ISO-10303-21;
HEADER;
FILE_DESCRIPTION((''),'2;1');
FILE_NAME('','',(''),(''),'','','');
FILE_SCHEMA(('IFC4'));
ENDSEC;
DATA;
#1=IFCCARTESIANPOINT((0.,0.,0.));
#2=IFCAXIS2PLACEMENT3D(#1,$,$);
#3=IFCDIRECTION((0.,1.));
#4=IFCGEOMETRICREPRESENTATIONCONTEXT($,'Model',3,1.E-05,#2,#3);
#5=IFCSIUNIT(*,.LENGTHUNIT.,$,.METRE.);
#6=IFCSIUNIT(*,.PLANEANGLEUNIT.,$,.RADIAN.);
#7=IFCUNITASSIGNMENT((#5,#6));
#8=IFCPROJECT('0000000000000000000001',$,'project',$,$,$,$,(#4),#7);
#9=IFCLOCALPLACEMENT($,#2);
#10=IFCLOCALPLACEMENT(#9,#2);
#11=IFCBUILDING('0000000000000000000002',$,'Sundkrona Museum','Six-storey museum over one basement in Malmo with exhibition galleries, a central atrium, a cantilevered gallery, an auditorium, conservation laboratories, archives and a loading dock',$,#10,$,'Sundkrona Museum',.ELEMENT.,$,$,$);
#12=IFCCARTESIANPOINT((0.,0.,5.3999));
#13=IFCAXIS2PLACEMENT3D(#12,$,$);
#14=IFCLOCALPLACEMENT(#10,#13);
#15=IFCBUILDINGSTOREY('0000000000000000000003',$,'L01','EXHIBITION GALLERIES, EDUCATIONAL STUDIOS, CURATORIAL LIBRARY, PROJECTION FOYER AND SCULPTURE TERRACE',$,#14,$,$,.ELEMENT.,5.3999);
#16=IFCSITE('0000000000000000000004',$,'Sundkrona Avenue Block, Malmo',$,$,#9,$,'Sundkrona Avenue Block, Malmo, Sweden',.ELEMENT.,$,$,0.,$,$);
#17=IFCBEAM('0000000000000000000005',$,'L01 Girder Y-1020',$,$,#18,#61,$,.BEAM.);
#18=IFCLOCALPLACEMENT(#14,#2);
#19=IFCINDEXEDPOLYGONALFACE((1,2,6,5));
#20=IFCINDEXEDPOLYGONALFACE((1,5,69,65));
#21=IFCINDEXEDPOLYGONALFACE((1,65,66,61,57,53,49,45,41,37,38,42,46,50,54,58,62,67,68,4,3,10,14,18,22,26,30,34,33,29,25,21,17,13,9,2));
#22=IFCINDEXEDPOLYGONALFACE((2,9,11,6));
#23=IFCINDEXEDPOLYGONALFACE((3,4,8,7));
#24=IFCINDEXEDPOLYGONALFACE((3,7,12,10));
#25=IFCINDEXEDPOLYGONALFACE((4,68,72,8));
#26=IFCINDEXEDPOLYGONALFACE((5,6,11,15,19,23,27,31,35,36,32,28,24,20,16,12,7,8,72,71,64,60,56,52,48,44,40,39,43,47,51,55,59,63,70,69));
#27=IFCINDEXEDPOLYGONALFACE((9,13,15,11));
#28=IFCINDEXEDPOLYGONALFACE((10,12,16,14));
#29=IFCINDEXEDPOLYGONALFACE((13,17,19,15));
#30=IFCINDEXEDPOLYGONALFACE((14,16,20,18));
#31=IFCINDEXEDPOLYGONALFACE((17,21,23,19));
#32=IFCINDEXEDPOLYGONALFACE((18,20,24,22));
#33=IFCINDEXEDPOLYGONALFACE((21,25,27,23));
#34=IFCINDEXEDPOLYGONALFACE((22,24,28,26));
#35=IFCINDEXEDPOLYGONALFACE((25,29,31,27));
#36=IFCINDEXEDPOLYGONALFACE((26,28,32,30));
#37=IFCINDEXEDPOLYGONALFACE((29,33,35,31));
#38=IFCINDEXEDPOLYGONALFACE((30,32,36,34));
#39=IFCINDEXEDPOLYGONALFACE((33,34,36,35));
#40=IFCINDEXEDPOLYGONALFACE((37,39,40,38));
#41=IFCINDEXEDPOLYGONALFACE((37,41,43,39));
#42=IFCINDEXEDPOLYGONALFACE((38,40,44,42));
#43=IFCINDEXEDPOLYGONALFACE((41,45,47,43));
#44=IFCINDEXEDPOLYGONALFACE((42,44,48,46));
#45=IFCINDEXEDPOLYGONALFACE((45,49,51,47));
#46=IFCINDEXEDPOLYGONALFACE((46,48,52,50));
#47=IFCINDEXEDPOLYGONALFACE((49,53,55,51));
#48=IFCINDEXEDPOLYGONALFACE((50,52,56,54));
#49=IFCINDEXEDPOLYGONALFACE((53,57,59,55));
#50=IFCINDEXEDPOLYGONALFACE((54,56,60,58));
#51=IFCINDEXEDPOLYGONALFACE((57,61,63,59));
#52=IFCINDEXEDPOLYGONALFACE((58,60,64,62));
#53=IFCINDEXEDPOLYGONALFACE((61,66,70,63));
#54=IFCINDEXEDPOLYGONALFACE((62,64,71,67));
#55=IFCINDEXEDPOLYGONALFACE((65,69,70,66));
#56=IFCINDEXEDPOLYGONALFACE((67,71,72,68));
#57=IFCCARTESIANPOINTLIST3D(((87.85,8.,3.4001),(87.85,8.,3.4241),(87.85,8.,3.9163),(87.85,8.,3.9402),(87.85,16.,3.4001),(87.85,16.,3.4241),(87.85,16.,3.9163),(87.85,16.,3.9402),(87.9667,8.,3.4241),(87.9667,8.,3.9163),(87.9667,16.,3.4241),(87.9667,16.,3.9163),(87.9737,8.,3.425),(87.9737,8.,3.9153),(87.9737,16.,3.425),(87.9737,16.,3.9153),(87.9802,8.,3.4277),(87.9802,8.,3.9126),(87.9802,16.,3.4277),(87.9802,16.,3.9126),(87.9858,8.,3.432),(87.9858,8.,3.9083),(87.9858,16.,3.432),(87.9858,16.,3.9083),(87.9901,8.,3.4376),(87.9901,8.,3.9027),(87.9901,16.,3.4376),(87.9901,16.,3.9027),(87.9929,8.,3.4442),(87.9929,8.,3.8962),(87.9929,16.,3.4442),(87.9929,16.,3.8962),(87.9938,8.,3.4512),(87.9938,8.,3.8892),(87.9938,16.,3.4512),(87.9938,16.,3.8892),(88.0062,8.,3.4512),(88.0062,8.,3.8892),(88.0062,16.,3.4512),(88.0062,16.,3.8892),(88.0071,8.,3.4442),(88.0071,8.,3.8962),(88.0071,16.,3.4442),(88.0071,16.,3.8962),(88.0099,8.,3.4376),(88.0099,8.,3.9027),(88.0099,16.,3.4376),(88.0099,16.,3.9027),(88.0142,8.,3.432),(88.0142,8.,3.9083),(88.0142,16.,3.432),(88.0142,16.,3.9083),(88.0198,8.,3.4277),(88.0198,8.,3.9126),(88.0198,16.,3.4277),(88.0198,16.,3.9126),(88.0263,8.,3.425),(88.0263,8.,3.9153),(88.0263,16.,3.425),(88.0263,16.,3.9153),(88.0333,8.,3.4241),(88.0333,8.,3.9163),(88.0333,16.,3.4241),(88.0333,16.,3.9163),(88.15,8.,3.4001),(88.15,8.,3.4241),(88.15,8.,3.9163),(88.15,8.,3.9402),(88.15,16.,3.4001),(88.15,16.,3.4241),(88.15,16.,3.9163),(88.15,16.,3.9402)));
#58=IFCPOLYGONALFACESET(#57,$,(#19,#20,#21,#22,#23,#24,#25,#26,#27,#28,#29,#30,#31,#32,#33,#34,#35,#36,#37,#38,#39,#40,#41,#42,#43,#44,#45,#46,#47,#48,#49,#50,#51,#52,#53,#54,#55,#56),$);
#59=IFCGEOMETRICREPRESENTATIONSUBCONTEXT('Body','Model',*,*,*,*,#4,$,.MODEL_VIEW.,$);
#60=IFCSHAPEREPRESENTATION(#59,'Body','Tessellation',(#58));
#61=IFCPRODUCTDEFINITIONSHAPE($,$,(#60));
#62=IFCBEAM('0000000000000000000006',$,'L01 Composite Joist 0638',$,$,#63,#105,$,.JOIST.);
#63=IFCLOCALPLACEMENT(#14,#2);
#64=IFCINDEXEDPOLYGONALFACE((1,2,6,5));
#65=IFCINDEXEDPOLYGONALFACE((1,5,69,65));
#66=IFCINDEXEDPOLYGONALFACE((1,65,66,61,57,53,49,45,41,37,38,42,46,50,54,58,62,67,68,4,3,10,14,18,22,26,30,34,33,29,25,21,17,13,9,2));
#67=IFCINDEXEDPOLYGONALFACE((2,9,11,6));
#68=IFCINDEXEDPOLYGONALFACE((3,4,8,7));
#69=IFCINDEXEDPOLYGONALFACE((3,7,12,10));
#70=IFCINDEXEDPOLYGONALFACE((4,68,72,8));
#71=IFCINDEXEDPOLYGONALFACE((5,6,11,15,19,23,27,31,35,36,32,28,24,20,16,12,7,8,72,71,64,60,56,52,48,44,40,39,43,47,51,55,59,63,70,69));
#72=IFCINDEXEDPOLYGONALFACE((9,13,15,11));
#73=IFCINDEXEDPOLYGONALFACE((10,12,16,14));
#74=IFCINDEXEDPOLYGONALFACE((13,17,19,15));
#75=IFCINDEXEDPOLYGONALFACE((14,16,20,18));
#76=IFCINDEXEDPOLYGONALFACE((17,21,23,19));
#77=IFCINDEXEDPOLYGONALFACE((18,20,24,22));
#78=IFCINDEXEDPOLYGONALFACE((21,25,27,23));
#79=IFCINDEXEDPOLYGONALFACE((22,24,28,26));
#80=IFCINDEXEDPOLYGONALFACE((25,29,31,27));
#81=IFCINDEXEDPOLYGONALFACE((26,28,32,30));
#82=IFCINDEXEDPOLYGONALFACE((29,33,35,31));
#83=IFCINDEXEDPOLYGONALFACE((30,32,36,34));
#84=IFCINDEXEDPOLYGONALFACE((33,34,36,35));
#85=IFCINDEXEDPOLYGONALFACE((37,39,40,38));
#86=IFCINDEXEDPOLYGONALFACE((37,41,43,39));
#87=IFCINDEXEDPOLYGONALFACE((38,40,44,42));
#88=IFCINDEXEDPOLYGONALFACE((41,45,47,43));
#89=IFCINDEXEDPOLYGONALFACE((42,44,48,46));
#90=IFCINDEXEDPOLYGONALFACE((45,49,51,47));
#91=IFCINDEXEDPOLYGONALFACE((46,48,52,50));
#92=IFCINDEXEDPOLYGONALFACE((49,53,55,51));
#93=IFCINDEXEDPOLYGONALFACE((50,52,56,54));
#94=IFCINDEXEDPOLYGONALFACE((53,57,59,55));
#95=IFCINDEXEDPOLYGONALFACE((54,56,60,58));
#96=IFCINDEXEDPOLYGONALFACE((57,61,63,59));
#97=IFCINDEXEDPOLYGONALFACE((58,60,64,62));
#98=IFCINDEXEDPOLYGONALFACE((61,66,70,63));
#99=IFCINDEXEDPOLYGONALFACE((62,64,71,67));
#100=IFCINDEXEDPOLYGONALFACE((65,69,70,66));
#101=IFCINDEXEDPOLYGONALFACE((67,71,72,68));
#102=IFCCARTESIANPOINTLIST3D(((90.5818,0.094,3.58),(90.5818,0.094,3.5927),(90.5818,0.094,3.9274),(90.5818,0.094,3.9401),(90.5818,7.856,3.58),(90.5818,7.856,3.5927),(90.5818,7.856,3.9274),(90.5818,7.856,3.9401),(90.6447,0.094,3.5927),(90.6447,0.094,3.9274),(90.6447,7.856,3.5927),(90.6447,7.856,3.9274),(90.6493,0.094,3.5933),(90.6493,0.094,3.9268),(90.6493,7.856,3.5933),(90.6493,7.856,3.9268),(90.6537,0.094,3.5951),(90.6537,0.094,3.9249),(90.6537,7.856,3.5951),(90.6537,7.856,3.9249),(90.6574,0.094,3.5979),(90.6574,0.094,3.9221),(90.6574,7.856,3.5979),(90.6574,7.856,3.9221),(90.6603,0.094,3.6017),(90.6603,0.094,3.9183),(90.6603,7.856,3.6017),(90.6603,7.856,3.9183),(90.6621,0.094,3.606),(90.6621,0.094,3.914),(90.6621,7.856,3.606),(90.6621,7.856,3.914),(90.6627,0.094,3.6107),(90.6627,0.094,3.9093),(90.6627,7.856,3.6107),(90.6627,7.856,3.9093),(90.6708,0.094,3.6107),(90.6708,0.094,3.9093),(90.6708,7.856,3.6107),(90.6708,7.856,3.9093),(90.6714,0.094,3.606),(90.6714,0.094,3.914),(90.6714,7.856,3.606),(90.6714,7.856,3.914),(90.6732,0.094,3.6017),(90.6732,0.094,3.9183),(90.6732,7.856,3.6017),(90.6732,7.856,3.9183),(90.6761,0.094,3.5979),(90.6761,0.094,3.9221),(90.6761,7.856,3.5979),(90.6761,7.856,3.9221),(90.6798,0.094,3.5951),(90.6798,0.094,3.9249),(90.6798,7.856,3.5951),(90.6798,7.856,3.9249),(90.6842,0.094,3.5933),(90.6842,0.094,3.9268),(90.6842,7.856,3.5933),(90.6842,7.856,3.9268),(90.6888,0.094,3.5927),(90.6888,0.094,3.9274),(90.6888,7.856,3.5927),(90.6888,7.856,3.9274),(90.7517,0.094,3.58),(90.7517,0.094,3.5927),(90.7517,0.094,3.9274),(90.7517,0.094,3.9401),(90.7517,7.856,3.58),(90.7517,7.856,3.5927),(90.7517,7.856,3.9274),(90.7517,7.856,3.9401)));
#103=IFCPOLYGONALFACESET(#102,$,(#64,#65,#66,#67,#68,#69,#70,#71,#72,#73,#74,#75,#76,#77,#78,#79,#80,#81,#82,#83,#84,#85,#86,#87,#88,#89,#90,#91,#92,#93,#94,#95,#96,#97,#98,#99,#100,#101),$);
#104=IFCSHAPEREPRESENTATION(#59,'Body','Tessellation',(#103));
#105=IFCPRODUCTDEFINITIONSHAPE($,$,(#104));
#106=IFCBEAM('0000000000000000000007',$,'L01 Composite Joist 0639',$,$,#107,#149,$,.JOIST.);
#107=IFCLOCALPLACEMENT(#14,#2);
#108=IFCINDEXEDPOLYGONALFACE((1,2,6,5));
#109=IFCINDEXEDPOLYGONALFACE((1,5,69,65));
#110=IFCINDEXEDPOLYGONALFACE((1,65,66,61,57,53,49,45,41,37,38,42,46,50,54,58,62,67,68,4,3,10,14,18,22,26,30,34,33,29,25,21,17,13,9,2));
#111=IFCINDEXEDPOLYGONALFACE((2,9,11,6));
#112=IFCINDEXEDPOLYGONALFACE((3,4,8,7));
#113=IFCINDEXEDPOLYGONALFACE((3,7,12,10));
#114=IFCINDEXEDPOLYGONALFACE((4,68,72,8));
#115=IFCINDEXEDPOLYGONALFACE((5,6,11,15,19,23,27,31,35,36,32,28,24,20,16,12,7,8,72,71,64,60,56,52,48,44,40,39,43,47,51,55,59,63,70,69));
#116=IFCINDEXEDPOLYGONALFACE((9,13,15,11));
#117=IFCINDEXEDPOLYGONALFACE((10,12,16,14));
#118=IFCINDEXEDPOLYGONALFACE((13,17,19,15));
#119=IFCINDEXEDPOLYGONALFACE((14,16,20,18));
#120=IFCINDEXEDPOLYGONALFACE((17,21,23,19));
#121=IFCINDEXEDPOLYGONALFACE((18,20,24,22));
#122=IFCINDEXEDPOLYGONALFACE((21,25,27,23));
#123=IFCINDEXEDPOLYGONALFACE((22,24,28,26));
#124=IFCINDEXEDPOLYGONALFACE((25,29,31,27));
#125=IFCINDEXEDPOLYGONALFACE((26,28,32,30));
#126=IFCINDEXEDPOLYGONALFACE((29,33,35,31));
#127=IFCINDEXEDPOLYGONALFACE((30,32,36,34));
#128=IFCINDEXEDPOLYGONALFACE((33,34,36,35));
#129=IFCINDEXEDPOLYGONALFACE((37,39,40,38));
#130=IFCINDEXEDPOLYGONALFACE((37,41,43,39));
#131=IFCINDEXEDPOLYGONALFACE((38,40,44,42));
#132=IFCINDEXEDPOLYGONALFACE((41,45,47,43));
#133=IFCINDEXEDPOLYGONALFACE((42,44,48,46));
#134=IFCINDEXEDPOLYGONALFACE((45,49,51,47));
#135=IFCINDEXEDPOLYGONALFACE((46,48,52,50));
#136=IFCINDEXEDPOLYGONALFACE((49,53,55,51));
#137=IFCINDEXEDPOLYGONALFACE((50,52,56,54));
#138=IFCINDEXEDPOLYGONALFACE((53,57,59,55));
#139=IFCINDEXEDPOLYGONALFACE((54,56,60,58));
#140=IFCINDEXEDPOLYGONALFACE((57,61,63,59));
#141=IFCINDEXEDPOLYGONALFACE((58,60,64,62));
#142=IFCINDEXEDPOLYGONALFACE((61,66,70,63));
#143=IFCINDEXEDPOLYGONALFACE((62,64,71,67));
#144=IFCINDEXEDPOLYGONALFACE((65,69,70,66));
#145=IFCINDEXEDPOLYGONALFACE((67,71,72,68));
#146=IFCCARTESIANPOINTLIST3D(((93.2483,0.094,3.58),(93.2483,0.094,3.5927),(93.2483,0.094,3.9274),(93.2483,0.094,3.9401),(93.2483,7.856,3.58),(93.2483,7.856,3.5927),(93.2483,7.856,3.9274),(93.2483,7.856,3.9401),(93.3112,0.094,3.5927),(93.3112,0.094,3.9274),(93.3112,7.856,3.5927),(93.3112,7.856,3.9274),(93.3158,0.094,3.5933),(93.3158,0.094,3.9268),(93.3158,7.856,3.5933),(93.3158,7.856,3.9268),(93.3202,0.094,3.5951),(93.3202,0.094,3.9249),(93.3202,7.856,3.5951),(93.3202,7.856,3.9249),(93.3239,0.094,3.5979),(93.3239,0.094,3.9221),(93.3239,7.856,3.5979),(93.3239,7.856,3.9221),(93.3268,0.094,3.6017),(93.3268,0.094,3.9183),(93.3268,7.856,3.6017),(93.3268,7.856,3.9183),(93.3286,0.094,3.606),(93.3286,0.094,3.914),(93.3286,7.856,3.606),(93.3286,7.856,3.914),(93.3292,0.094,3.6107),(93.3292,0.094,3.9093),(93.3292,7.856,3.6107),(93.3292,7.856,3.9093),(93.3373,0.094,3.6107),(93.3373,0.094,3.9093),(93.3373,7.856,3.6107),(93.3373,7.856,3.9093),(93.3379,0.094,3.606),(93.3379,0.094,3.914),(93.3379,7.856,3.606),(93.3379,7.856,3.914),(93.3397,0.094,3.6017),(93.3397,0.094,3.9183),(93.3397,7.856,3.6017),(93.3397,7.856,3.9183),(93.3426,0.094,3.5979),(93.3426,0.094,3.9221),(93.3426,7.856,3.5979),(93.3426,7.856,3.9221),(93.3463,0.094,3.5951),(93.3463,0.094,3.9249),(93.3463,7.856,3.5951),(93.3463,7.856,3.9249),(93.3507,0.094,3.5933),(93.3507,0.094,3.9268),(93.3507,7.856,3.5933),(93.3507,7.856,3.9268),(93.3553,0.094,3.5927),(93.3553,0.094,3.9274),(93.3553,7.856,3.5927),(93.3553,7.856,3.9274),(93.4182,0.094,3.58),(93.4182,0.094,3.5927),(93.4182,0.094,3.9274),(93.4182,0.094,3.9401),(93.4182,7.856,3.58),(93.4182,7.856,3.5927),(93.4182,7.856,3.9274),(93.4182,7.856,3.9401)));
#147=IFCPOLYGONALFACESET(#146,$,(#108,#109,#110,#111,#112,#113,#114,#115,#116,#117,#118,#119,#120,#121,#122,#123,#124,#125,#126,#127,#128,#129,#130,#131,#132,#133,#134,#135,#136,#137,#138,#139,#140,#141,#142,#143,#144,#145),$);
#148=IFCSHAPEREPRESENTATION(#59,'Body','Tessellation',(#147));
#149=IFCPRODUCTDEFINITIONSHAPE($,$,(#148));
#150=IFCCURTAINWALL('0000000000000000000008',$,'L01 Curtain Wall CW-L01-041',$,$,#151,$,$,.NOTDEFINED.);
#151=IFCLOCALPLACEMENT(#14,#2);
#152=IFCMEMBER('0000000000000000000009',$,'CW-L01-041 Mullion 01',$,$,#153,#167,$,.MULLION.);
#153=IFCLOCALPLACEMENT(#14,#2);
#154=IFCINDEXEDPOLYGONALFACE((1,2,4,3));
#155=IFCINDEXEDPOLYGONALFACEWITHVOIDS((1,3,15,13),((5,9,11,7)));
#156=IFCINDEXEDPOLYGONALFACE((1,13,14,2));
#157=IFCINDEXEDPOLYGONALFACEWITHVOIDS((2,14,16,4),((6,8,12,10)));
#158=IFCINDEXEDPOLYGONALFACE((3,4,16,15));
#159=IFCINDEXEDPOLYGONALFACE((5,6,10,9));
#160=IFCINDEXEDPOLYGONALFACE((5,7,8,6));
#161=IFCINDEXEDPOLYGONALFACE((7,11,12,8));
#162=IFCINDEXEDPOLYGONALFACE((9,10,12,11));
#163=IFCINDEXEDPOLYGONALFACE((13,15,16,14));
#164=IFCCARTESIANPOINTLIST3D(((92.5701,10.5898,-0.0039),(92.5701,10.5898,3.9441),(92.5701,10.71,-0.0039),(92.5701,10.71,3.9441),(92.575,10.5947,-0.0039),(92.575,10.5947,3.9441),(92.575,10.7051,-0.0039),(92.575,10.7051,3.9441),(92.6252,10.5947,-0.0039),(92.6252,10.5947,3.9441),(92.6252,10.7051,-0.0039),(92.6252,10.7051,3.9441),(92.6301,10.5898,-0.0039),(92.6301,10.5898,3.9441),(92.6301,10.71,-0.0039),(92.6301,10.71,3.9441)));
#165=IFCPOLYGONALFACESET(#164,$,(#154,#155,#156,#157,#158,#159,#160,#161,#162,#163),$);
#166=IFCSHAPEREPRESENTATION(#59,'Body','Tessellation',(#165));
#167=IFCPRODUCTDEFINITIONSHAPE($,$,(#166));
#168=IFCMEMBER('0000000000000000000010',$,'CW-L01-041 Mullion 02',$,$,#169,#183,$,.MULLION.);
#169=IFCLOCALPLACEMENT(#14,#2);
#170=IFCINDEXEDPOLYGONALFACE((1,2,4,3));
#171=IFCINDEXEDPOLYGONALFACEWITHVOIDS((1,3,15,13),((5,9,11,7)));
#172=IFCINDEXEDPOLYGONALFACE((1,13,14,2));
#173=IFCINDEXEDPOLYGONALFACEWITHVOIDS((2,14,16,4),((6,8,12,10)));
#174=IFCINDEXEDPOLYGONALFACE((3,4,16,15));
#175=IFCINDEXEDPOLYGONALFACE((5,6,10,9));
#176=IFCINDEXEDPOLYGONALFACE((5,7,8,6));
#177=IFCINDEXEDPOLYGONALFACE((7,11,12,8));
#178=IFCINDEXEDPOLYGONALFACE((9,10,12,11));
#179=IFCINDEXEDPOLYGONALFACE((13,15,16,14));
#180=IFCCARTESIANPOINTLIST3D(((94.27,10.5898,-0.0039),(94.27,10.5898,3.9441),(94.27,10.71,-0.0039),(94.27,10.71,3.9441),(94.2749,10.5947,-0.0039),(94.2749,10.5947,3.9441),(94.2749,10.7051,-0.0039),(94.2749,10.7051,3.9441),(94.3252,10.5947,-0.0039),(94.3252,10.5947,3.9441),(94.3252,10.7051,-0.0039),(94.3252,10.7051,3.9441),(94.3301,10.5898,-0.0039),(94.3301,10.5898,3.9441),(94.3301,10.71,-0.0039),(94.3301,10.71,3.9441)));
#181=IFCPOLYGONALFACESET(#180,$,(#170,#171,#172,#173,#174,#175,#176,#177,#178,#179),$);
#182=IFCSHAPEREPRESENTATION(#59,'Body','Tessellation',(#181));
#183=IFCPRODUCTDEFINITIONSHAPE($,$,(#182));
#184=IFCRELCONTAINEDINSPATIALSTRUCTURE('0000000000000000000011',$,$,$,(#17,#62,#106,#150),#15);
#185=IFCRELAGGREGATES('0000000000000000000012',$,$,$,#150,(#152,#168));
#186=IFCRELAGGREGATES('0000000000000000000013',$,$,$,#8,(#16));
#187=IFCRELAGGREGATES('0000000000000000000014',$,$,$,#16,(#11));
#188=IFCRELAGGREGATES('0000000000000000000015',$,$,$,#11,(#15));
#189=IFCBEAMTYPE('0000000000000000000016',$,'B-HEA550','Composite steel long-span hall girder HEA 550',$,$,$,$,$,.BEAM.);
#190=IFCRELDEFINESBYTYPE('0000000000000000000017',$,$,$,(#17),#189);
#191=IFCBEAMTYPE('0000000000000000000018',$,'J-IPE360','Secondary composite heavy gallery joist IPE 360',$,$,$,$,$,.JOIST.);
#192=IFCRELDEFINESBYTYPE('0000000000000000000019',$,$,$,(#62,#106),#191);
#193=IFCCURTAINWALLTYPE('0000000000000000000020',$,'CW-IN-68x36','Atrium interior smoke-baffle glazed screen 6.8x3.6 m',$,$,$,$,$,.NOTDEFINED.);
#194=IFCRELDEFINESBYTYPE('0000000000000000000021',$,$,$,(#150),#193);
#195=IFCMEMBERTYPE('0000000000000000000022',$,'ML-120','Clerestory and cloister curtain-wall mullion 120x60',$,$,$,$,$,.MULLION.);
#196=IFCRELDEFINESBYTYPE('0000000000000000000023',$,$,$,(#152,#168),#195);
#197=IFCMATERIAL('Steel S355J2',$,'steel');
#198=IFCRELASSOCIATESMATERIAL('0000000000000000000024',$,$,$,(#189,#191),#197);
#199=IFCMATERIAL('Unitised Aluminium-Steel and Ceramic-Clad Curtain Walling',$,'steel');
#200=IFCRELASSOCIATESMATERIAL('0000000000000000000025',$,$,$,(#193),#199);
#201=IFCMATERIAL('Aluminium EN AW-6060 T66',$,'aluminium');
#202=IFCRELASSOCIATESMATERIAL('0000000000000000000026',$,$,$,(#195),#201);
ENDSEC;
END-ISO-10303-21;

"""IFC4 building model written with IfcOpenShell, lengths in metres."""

from ifc_helpers import new_model, si_unit, direction, frame, origin, origin_2d, place, context, subcontext, project, spatial, hollow_rectangle, i_section, extrude, material, material_profile, profile_set, type_object, element, aggregate, save


model = new_model("IFC4")

# Units and contexts
model_context = context("Model", 3, precision=1e-05, world=origin(), true_north=direction((0.0, 1.0)))
body_context = subcontext(model_context, "Body", "Model", "MODEL_VIEW")
ifc_project = project(units=[si_unit("LENGTHUNIT", "METRE"), si_unit("PLANEANGLEUNIT", "RADIAN")], contexts=[model_context])

# Site, building, storey
site_placement = place(None, origin())
site = spatial("IfcSite", under=ifc_project, at=site_placement, Name="Sundkrona Avenue Block, Malmo", LongName="Sundkrona Avenue Block, Malmo, Sweden", CompositionType="ELEMENT", RefElevation=0.0)
building_placement = place(site_placement, origin())
building = spatial("IfcBuilding", under=site, at=building_placement, Name="Sundkrona Museum", Description="Six-storey museum over one basement in Malmo with exhibition galleries, a central atrium, a cantilevered gallery, an auditorium, conservation laboratories, archives and a loading dock", LongName="Sundkrona Museum", CompositionType="ELEMENT")
storey_placement = place(building_placement, frame((0.0, 0.0, 5.3999)))
storey = spatial("IfcBuildingStorey", under=building, at=storey_placement, Name="L01", Description="EXHIBITION GALLERIES, EDUCATIONAL STUDIOS, CURATORIAL LIBRARY, PROJECTION FOYER AND SCULPTURE TERRACE", CompositionType="ELEMENT", Elevation=5.3999)

# Shared definitions
ifc_material_1 = material(Name="Steel S355J2", Category="steel")

# Beams
ifc_material_profile_1 = material_profile(ifc_material_1, i_section(OverallWidth=0.3, OverallDepth=0.54, WebThickness=0.0125, FlangeThickness=0.0239, FilletRadius=0.0271, at=origin_2d()), Name="HEA 550")
ifc_profile_set_1 = profile_set([ifc_material_profile_1], Name="Steel S355J2")
beam_type_1 = type_object("IfcBeamType", Name="B-HEA550", Description="Composite steel long-span hall girder HEA 550", PredefinedType="BEAM", material=ifc_profile_set_1)
for number, where, z_axis, x_axis, name in (
    (1, (88.0, 8.0, 3.6702), (0.0, 1.0, 0.0), (-1.0, 0.0, 0.0), "L01 Girder Y-1020"),
):
    element("IfcBeam", number, at=place(storey_placement, frame(where, z_axis=z_axis, x_axis=x_axis)), inside=storey, type_object=beam_type_1, Name=name, PredefinedType="BEAM", context=body_context, shape_type="SweptSolid", body=[
        extrude(i_section(OverallWidth=0.3, OverallDepth=0.54, WebThickness=0.0125, FlangeThickness=0.0239, FilletRadius=0.0271, at=origin_2d()), origin(), (0.0, 0.0, 1.0), 8.0),
    ])
ifc_material_profile_2 = material_profile(ifc_material_1, i_section(OverallWidth=0.1699, OverallDepth=0.3601, WebThickness=0.0081, FlangeThickness=0.0127, FilletRadius=0.0181, at=origin_2d()), Name="IPE 360")
ifc_profile_set_2 = profile_set([ifc_material_profile_2], Name="Steel S355J2")
beam_type_2 = type_object("IfcBeamType", Name="J-IPE360", Description="Secondary composite heavy gallery joist IPE 360", PredefinedType="JOIST", material=ifc_profile_set_2)
for number, where, z_axis, x_axis, name in (
    (2, (90.6667, 0.094, 3.76), (0.0, 1.0, 0.0), (-1.0, 0.0, 0.0), "L01 Composite Joist 0638"),
    (3, (93.3333, 0.094, 3.76), (0.0, 1.0, 0.0), (-1.0, 0.0, 0.0), "L01 Composite Joist 0639"),
):
    element("IfcBeam", number, at=place(storey_placement, frame(where, z_axis=z_axis, x_axis=x_axis)), inside=storey, type_object=beam_type_2, Name=name, PredefinedType="JOIST", context=body_context, shape_type="SweptSolid", body=[
        extrude(i_section(OverallWidth=0.1699, OverallDepth=0.3601, WebThickness=0.0081, FlangeThickness=0.0127, FilletRadius=0.0181, at=origin_2d()), origin(), (0.0, 0.0, 1.0), 7.762),
    ])

# Curtain wall, members
ifc_material_2 = material(Name="Unitised Aluminium-Steel and Ceramic-Clad Curtain Walling", Category="steel")
curtain_wall_type_1 = type_object("IfcCurtainWallType", Name="CW-IN-68x36", Description="Atrium interior smoke-baffle glazed screen 6.8x3.6 m", PredefinedType="NOTDEFINED", material=ifc_material_2)
curtain_wall_1_placement = place(storey_placement, origin())
curtain_wall_1 = element("IfcCurtainWall", 4, at=curtain_wall_1_placement, inside=storey, type_object=curtain_wall_type_1, Name="L01 Curtain Wall CW-L01-041", PredefinedType="NOTDEFINED")
ifc_material_3 = material(Name="Aluminium EN AW-6060 T66", Category="aluminium")
ifc_material_profile_3 = material_profile(ifc_material_3, hollow_rectangle(XDim=0.0601, YDim=0.1201, WallThickness=0.0049, at=origin_2d()), Name="RHS 120x60x5.0")
ifc_profile_set_3 = profile_set([ifc_material_profile_3], Name="Aluminium EN AW-6060 T66")
member_type_1 = type_object("IfcMemberType", Name="ML-120", Description="Clerestory and cloister curtain-wall mullion 120x60", PredefinedType="MULLION", material=ifc_profile_set_3)
member_1_placement = place(storey_placement, frame((92.6001, 10.6499, -0.0039), z_axis=(0.0, 0.0, 1.0), x_axis=(1.0, 0.0, 0.0)))
member_1 = element("IfcMember", 5, at=member_1_placement, type_object=member_type_1, Name="CW-L01-041 Mullion 01", PredefinedType="MULLION", context=body_context, shape_type="SweptSolid", body=[
    extrude(hollow_rectangle(XDim=0.0601, YDim=0.1201, WallThickness=0.0049, at=origin_2d()), origin(), (0.0, 0.0, 1.0), 3.948),
])
member_2_placement = place(storey_placement, frame((94.3, 10.6499, -0.0039), z_axis=(0.0, 0.0, 1.0), x_axis=(1.0, 0.0, 0.0)))
member_2 = element("IfcMember", 6, at=member_2_placement, type_object=member_type_1, Name="CW-L01-041 Mullion 02", PredefinedType="MULLION", context=body_context, shape_type="SweptSolid", body=[
    extrude(hollow_rectangle(XDim=0.0601, YDim=0.1201, WallThickness=0.0049, at=origin_2d()), origin(), (0.0, 0.0, 1.0), 3.948),
])

aggregate(curtain_wall_1, [member_1, member_2])

save(model, "model.ifc")
